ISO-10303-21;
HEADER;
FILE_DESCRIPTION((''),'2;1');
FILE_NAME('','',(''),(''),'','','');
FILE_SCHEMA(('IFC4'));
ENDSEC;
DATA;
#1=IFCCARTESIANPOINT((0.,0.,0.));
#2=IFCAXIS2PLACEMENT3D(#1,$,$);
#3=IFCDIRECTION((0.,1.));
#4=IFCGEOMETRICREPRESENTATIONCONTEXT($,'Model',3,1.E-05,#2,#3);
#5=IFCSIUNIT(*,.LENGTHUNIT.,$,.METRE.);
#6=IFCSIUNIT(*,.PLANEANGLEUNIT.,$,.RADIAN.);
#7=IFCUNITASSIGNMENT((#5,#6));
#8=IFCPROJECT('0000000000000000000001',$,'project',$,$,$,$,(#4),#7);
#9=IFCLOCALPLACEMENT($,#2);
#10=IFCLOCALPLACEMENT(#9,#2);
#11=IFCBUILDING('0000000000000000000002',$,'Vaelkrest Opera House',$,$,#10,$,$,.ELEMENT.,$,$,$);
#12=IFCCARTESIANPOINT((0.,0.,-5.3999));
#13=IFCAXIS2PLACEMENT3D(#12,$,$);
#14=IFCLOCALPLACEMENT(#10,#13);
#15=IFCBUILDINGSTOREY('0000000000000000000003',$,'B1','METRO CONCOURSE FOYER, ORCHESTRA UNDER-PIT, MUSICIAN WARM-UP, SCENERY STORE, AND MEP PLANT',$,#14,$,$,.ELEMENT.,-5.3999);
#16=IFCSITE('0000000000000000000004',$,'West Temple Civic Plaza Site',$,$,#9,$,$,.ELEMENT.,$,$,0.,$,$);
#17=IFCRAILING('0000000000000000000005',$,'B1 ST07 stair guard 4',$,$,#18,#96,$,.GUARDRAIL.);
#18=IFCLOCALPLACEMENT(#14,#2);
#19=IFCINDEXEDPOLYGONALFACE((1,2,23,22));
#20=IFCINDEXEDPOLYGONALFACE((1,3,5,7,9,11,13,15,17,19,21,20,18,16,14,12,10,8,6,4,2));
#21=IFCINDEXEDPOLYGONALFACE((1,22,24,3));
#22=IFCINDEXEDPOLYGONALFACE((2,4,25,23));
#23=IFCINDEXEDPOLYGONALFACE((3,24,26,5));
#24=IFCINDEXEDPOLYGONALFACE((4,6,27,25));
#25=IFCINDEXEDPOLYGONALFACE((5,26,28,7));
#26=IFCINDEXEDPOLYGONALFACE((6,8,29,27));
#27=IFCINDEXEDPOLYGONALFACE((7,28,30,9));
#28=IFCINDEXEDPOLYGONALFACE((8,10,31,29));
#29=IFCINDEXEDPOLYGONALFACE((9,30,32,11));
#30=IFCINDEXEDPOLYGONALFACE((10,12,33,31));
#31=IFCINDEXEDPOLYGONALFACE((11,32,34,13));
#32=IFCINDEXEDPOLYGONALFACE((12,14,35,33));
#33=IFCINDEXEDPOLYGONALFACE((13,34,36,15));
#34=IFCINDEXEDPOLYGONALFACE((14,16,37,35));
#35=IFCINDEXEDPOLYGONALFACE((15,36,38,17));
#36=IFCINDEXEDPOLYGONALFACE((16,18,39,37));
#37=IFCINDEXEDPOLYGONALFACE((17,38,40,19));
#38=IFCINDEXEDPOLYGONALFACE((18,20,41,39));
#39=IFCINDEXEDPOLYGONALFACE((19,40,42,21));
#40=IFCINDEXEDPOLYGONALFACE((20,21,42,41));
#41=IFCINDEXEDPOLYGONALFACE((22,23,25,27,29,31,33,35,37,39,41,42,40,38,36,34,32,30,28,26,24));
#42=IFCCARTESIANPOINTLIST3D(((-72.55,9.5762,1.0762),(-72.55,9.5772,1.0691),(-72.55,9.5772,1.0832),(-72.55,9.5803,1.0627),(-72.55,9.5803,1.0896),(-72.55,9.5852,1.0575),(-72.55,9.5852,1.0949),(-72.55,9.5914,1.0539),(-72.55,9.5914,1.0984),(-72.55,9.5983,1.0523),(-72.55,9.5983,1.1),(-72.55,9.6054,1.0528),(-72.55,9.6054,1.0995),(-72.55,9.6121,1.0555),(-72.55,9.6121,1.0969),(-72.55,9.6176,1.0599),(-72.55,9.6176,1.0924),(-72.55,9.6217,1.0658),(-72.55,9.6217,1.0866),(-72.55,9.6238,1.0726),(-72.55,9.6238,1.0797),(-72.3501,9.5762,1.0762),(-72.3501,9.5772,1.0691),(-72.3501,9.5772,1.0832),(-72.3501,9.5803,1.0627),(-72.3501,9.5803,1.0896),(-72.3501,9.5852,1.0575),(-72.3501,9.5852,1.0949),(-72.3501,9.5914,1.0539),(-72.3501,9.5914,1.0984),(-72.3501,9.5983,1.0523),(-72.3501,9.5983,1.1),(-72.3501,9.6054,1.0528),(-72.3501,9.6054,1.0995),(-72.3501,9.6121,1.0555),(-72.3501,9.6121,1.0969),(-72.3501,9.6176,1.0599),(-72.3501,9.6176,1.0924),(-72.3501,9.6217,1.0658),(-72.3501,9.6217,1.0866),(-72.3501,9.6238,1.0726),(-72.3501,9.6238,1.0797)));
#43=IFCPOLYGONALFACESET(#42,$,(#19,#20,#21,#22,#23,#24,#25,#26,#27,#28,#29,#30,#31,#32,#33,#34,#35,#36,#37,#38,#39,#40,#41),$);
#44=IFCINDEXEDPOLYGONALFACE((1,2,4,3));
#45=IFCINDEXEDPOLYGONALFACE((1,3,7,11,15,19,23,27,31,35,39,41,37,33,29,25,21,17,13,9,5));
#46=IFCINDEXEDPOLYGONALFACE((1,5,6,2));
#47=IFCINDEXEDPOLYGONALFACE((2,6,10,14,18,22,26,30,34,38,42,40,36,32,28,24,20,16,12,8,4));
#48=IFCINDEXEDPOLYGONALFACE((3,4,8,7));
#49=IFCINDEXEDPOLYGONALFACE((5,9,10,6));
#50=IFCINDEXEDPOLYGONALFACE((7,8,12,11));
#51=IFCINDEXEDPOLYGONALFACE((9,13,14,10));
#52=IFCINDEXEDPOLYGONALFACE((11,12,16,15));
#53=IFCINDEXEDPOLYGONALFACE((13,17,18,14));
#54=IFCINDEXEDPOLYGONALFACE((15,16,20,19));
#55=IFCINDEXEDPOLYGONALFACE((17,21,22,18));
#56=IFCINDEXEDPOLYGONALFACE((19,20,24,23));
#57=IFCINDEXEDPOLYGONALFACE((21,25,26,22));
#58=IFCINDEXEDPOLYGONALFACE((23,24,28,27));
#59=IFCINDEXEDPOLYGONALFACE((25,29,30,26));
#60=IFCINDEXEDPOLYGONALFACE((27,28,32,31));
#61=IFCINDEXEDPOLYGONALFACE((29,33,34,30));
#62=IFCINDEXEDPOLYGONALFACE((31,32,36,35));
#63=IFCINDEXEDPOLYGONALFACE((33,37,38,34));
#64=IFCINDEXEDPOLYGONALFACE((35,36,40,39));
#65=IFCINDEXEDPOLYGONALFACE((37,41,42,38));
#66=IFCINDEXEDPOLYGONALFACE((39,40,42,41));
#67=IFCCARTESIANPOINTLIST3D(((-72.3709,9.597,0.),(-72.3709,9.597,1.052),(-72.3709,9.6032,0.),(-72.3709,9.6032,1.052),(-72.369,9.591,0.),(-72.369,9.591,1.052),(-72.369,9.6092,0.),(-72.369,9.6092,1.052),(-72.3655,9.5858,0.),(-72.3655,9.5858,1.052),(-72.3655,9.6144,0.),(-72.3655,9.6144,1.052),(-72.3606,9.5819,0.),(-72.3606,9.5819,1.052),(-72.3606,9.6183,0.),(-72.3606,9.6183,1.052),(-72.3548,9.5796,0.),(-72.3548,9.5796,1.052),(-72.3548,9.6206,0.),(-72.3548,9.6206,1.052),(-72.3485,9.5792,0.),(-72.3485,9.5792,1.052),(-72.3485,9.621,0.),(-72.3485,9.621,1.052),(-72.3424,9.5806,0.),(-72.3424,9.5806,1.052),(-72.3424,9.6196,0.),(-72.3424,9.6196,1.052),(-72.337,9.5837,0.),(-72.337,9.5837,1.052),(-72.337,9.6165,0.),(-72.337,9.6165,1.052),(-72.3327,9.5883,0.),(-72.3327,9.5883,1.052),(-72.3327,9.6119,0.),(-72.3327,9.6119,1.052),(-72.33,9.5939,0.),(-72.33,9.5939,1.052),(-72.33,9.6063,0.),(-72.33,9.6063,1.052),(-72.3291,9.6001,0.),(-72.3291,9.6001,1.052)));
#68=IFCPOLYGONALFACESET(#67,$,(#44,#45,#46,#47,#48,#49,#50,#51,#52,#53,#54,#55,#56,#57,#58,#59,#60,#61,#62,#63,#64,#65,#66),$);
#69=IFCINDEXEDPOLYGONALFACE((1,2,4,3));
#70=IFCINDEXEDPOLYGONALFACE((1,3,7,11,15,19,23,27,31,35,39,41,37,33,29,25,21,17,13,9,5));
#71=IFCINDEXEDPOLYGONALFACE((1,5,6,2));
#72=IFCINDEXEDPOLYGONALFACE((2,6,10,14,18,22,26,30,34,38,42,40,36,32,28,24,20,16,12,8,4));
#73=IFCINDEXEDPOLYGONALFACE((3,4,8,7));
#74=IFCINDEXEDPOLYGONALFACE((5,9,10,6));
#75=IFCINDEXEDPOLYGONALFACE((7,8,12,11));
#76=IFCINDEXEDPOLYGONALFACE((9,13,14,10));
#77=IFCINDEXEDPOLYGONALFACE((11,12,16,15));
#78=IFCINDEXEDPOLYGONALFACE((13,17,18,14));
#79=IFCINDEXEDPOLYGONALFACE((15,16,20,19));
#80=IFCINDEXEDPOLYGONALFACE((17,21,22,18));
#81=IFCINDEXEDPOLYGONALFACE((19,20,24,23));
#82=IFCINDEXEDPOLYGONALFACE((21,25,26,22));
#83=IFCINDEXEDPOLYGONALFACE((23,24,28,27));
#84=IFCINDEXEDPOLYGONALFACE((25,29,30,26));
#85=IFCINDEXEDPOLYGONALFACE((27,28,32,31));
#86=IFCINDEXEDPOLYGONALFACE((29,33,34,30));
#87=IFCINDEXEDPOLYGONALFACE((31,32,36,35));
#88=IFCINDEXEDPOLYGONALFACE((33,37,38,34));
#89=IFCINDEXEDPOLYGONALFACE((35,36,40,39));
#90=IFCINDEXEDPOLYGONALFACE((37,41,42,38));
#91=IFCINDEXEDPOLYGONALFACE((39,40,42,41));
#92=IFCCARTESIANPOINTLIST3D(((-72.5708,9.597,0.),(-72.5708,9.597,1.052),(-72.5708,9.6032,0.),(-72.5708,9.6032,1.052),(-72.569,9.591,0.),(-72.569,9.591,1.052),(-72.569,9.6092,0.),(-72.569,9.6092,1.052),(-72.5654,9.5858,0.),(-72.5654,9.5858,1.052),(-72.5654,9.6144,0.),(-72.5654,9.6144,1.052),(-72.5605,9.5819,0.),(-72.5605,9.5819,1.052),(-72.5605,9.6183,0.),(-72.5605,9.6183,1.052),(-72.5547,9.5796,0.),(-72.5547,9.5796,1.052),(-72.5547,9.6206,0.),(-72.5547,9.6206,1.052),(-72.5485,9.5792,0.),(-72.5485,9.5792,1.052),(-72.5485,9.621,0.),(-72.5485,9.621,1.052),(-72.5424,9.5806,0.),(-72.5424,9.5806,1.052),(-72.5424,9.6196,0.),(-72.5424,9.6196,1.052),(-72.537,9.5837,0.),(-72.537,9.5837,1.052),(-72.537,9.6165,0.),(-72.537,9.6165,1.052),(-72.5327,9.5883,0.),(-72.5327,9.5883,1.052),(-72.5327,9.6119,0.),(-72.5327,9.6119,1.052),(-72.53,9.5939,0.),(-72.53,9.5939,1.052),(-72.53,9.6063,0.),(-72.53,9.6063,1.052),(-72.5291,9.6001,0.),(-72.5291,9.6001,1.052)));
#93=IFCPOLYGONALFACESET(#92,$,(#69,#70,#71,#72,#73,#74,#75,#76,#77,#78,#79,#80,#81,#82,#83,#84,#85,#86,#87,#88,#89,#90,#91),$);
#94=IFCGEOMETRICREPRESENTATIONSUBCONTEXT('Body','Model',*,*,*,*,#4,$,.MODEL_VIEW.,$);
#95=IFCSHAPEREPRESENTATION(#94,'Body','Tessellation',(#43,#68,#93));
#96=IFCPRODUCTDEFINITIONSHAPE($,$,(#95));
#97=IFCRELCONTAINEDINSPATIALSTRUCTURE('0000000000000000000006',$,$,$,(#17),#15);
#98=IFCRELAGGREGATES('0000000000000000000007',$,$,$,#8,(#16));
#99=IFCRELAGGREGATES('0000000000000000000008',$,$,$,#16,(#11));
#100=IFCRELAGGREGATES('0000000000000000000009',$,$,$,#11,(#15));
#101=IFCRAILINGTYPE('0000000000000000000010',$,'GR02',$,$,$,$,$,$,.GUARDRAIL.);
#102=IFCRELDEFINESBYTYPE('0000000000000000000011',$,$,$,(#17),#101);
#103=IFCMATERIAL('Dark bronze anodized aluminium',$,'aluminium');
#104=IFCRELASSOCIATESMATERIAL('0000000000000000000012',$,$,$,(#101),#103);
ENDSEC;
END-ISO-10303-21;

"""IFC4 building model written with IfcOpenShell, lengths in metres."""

from ifc_helpers import new_model, si_unit, direction, frame, origin, origin_2d, place, context, subcontext, project, spatial, circle, extrude, material, type_object, element, save


model = new_model("IFC4")

# Units and contexts
model_context = context("Model", 3, precision=1e-05, world=origin(), true_north=direction((0.0, 1.0)))
body_context = subcontext(model_context, "Body", "Model", "MODEL_VIEW")
ifc_project = project(units=[si_unit("LENGTHUNIT", "METRE"), si_unit("PLANEANGLEUNIT", "RADIAN")], contexts=[model_context])

# Site, building, storey
site_placement = place(None, origin())
site = spatial("IfcSite", under=ifc_project, at=site_placement, Name="West Temple Civic Plaza Site", CompositionType="ELEMENT", RefElevation=0.0)
building_placement = place(site_placement, origin())
building = spatial("IfcBuilding", under=site, at=building_placement, Name="Vaelkrest Opera House", CompositionType="ELEMENT")
storey_placement = place(building_placement, frame((0.0, 0.0, -5.3999)))
storey = spatial("IfcBuildingStorey", under=building, at=storey_placement, Name="B1", Description="METRO CONCOURSE FOYER, ORCHESTRA UNDER-PIT, MUSICIAN WARM-UP, SCENERY STORE, AND MEP PLANT", CompositionType="ELEMENT", Elevation=-5.3999)

# Railing
ifc_material_1 = material(Name="Dark bronze anodized aluminium", Category="aluminium")
railing_type_1 = type_object("IfcRailingType", Name="GR02", PredefinedType="GUARDRAIL", material=ifc_material_1)
railing_1_placement = place(storey_placement, frame((-72.3501, 9.6001, 0.0)))
element("IfcRailing", 1, at=railing_1_placement, inside=storey, type_object=railing_type_1, Name="B1 ST07 stair guard 4", PredefinedType="GUARDRAIL", context=body_context, shape_type="SweptSolid", body=[
    extrude(circle(Radius=0.0239, at=origin_2d()), frame((0.0, 0.0, 1.0762), z_axis=(-1.0, 0.0, 0.0), x_axis=(0.0, -1.0, 0.0)), (0.0, 0.0, 1.0), 0.2),
    extrude(circle(Radius=0.021, at=origin_2d()), origin(), (0.0, 0.0, 1.0), 1.052),
    extrude(circle(Radius=0.021, at=origin_2d()), frame((-0.2, 0.0, 0.0)), (0.0, 0.0, 1.0), 1.052),
])

save(model, "model.ifc")
